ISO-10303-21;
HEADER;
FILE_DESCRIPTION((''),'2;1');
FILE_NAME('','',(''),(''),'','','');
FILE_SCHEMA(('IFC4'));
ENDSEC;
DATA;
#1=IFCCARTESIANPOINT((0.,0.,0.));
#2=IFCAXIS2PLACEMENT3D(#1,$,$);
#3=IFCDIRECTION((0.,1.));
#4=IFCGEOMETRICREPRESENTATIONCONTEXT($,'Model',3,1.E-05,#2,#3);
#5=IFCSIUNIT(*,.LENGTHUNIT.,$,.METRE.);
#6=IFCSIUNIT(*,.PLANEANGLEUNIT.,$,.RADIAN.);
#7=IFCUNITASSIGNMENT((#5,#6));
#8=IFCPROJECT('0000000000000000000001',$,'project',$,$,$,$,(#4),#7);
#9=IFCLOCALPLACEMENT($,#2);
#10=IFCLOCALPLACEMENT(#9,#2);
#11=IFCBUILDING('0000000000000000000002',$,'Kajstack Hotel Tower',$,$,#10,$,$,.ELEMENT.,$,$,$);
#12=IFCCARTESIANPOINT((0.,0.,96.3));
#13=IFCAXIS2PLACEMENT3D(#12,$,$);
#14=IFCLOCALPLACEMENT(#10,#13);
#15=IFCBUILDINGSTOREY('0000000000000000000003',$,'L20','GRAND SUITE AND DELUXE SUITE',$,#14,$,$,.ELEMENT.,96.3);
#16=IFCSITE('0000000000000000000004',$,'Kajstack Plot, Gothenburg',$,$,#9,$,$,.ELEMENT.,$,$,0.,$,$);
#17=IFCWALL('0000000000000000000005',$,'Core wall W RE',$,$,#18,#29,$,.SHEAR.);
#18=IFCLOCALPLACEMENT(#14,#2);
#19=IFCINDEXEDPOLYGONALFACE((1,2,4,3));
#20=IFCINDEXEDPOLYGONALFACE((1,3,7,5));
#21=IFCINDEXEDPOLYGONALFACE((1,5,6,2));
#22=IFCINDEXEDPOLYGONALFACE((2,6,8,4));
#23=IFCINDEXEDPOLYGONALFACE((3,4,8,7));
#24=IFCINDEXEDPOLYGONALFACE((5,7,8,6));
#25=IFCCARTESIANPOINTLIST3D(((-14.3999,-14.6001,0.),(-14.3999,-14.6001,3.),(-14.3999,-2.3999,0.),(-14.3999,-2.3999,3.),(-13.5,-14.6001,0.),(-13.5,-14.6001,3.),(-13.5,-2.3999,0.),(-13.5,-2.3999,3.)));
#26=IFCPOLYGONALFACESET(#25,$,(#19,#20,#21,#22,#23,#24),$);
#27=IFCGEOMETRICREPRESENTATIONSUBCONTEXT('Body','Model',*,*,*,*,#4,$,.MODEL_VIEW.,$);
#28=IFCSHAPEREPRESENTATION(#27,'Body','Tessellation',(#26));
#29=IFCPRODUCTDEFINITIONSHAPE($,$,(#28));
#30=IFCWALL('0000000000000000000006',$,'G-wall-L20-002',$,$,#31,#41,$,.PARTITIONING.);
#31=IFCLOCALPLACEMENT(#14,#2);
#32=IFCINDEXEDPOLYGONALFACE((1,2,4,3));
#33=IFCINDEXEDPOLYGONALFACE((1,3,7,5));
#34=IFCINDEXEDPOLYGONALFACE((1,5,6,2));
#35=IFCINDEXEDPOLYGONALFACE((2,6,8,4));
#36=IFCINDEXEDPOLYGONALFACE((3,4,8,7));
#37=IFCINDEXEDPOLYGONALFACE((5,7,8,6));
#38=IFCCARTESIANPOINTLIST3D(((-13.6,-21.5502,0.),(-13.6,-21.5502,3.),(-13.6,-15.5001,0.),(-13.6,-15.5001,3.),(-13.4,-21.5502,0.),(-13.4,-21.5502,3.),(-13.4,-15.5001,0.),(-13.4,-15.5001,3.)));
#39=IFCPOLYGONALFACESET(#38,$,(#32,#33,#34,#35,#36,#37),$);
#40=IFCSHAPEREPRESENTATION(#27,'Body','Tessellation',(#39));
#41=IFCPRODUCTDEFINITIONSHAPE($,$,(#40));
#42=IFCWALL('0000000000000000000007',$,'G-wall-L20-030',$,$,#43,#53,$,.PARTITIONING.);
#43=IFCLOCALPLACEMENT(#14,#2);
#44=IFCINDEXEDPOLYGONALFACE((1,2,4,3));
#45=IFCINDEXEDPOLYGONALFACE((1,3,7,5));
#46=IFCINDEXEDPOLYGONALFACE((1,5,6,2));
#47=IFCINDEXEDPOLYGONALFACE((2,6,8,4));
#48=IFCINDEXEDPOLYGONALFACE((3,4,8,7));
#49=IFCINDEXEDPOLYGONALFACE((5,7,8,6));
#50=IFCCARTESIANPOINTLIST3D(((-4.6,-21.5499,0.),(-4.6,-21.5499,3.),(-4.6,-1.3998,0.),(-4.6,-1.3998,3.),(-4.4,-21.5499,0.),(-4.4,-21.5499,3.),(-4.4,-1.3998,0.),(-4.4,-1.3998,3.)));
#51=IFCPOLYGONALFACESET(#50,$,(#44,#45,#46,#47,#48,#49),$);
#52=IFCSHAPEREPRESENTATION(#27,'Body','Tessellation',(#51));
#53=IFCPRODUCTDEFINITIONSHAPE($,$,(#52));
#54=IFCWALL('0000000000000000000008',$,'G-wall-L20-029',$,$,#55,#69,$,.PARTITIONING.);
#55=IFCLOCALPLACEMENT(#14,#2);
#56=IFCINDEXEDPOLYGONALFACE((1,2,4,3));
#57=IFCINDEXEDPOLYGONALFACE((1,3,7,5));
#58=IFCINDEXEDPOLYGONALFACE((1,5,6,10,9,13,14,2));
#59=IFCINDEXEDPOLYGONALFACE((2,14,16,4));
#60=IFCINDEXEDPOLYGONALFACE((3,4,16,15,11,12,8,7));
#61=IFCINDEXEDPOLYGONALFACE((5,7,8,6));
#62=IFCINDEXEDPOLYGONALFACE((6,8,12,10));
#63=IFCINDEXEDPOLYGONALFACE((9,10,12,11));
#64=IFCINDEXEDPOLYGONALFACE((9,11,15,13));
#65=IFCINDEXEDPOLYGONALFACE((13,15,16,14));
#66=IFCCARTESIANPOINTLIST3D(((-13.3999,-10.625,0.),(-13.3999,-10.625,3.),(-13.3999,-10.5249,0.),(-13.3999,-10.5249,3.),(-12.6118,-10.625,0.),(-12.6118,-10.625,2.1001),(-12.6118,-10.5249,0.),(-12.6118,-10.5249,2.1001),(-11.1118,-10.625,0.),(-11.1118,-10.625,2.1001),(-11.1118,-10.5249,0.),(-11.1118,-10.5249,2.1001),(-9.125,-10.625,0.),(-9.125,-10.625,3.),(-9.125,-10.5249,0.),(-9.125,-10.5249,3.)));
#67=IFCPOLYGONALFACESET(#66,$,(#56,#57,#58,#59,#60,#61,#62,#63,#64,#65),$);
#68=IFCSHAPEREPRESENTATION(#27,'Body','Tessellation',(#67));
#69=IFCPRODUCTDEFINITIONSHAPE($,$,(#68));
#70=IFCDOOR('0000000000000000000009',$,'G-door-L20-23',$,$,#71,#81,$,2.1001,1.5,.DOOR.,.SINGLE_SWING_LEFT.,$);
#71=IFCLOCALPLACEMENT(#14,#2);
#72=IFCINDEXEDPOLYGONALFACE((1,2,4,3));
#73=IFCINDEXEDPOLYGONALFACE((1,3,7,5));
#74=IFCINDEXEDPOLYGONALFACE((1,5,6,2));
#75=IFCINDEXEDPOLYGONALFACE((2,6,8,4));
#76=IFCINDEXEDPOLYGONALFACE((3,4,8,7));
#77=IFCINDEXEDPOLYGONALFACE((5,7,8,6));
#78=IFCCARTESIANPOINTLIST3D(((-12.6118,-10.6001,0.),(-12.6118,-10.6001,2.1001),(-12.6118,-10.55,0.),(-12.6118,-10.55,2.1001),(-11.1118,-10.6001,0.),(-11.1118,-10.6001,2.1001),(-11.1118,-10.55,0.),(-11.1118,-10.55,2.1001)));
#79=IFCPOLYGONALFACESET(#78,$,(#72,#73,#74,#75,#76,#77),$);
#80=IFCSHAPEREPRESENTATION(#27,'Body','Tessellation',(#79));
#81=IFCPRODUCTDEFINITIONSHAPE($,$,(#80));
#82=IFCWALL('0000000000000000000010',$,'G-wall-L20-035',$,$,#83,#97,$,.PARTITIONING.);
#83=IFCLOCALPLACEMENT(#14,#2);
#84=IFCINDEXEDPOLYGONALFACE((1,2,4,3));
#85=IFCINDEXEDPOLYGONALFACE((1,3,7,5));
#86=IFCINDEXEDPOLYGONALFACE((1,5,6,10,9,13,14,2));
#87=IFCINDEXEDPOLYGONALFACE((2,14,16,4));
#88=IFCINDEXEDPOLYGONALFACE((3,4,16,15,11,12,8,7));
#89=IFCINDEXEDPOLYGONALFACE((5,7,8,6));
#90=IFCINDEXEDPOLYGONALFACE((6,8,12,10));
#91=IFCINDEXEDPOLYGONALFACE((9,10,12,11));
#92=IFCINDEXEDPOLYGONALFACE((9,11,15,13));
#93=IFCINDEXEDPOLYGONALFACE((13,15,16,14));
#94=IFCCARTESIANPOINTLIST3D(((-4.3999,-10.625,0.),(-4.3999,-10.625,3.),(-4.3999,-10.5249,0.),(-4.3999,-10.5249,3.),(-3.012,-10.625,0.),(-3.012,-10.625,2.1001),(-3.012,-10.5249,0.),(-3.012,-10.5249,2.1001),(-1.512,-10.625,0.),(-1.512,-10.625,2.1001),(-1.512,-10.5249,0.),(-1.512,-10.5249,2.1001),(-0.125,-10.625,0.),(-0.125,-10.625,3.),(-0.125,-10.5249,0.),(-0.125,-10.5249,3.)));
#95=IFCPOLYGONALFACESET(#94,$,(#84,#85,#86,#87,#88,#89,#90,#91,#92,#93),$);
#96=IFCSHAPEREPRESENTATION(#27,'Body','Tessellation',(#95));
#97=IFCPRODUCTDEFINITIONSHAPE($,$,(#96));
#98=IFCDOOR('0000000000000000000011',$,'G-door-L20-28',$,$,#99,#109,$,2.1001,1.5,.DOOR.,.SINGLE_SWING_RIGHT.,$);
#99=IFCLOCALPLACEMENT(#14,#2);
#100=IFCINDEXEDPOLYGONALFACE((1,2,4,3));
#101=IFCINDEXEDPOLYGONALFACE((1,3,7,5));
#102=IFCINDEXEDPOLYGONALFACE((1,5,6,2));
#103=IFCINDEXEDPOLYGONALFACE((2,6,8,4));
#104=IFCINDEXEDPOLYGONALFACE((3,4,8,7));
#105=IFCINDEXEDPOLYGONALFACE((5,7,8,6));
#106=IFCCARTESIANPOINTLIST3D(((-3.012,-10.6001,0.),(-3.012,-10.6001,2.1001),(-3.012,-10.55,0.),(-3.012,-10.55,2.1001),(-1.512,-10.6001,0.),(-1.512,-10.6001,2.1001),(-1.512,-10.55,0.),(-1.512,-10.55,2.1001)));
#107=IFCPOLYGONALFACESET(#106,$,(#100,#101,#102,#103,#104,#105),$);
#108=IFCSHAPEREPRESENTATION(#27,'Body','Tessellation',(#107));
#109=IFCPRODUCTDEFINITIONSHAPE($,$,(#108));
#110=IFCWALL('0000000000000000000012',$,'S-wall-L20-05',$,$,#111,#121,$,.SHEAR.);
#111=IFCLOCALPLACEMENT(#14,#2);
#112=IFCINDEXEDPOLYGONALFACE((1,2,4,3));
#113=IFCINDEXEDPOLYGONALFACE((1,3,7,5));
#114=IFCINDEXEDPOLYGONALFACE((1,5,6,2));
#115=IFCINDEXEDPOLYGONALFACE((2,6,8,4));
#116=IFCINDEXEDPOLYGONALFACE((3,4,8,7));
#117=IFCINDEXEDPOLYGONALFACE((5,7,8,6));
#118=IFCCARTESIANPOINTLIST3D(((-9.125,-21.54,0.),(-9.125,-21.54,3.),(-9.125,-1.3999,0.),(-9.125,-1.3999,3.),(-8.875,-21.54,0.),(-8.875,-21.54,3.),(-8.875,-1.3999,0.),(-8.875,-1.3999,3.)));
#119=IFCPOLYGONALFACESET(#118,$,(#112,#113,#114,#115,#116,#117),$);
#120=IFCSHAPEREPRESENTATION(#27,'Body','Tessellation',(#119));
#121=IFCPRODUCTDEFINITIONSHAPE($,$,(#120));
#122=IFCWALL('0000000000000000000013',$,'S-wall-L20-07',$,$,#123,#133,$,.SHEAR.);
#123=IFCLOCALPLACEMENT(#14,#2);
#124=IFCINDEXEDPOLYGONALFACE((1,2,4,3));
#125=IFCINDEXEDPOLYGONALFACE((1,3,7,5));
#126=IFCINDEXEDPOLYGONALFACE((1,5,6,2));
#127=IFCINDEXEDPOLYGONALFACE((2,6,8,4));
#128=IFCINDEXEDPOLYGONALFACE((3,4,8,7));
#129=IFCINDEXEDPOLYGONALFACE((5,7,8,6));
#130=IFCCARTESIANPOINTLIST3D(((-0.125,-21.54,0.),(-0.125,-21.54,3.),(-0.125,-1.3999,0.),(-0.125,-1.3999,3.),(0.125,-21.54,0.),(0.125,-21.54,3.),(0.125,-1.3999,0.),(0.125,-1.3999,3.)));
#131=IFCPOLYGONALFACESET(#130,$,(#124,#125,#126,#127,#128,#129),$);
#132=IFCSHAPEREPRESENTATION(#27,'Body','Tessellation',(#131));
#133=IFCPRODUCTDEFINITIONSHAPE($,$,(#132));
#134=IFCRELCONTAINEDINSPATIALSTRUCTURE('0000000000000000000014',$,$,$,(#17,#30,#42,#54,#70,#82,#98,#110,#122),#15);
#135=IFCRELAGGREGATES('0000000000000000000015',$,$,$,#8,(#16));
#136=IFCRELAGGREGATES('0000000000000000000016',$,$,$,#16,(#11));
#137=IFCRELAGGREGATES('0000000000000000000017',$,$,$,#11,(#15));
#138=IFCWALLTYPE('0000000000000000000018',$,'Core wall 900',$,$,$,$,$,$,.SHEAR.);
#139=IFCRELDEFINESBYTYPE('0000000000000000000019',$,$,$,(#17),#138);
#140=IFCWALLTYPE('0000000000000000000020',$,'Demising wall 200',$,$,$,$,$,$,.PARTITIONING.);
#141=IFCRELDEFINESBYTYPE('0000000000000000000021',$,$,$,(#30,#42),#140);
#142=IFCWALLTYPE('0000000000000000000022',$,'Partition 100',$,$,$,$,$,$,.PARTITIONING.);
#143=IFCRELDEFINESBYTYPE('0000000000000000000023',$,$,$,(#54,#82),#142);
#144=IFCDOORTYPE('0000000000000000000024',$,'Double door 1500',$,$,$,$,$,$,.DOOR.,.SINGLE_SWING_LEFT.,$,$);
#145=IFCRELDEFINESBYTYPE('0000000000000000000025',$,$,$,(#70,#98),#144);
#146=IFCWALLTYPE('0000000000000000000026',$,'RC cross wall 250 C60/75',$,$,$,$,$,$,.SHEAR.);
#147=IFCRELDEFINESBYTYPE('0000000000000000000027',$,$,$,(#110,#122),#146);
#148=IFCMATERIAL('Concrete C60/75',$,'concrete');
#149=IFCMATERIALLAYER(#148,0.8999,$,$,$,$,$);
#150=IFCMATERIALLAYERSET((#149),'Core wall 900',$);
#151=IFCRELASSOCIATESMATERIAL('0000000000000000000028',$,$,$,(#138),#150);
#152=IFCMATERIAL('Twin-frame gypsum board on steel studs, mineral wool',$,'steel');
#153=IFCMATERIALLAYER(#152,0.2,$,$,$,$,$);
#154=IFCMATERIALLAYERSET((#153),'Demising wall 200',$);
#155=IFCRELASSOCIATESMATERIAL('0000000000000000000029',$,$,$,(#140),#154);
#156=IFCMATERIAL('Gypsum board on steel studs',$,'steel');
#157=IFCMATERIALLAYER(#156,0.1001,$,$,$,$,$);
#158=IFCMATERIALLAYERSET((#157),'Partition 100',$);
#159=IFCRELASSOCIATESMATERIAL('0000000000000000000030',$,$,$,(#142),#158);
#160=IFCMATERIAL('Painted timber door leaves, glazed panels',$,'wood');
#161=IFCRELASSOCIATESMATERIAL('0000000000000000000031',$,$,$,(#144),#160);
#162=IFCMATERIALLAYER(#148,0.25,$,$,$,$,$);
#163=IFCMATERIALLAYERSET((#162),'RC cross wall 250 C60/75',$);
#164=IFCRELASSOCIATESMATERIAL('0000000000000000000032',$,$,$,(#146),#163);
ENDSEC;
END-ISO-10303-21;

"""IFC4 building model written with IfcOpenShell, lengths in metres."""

from ifc_helpers import new_model, si_unit, direction, frame, frame_2d, origin, place, context, subcontext, project, spatial, rectangle, extrude, material, layer, layer_set, type_object, element, fill, save


model = new_model("IFC4")

# Units and contexts
model_context = context("Model", 3, precision=1e-05, world=origin(), true_north=direction((0.0, 1.0)))
body_context = subcontext(model_context, "Body", "Model", "MODEL_VIEW")
ifc_project = project(units=[si_unit("LENGTHUNIT", "METRE"), si_unit("PLANEANGLEUNIT", "RADIAN")], contexts=[model_context])

# Site, building, storey
site_placement = place(None, origin())
site = spatial("IfcSite", under=ifc_project, at=site_placement, Name="Kajstack Plot, Gothenburg", CompositionType="ELEMENT", RefElevation=0.0)
building_placement = place(site_placement, origin())
building = spatial("IfcBuilding", under=site, at=building_placement, Name="Kajstack Hotel Tower", CompositionType="ELEMENT")
storey_placement = place(building_placement, frame((0.0, 0.0, 96.3)))
storey = spatial("IfcBuildingStorey", under=building, at=storey_placement, Name="L20", Description="GRAND SUITE AND DELUXE SUITE", CompositionType="ELEMENT", Elevation=96.3)

# Walls
ifc_material_1 = material(Name="Concrete C60/75", Category="concrete")
ifc_layer_1 = layer(ifc_material_1, 0.8999)
ifc_layer_set_1 = layer_set([ifc_layer_1], Name="Core wall 900")
wall_type_1 = type_object("IfcWallType", Name="Core wall 900", PredefinedType="SHEAR", material=ifc_layer_set_1)
wall_1_placement = place(storey_placement, frame((-13.95, -14.6001, 0.0), z_axis=(0.0, 0.0, 1.0), x_axis=(0.0, 1.0, 0.0)))
element("IfcWall", 1, at=wall_1_placement, inside=storey, type_object=wall_type_1, Name="Core wall W RE", PredefinedType="SHEAR", context=body_context, shape_type="SweptSolid", body=[
    extrude(rectangle(XDim=12.2002, YDim=0.8999, at=frame_2d((6.1001, 0.0))), origin(), (0.0, 0.0, 1.0), 3.0),
])
ifc_material_2 = material(Name="Twin-frame gypsum board on steel studs, mineral wool", Category="steel")
ifc_layer_2 = layer(ifc_material_2, 0.2)
ifc_layer_set_2 = layer_set([ifc_layer_2], Name="Demising wall 200")
wall_type_2 = type_object("IfcWallType", Name="Demising wall 200", PredefinedType="PARTITIONING", material=ifc_layer_set_2)
wall_2_placement = place(storey_placement, frame((-13.5, -21.55, 0.0), z_axis=(0.0, 0.0, 1.0), x_axis=(0.0, 1.0, 0.0)))
element("IfcWall", 2, at=wall_2_placement, inside=storey, type_object=wall_type_2, Name="G-wall-L20-002", PredefinedType="PARTITIONING", context=body_context, shape_type="SweptSolid", body=[
    extrude(rectangle(XDim=6.05, YDim=0.2, at=frame_2d((3.0249, 0.0))), origin(), (0.0, 0.0, 1.0), 3.0),
])
wall_3_placement = place(storey_placement, frame((-4.5, -21.55, 0.0), z_axis=(0.0, 0.0, 1.0), x_axis=(0.0, 1.0, 0.0)))
element("IfcWall", 3, at=wall_3_placement, inside=storey, type_object=wall_type_2, Name="G-wall-L20-030", PredefinedType="PARTITIONING", context=body_context, shape_type="SweptSolid", body=[
    extrude(rectangle(XDim=20.1501, YDim=0.2, at=frame_2d((10.0752, 0.0))), origin(), (0.0, 0.0, 1.0), 3.0),
])

# Walls, openings, doors
ifc_material_3 = material(Name="Gypsum board on steel studs", Category="steel")
ifc_layer_3 = layer(ifc_material_3, 0.1001)
ifc_layer_set_3 = layer_set([ifc_layer_3], Name="Partition 100")
wall_type_3 = type_object("IfcWallType", Name="Partition 100", PredefinedType="PARTITIONING", material=ifc_layer_set_3)
wall_4_placement = place(storey_placement, frame((-13.3999, -10.575, 0.0), z_axis=(0.0, 0.0, 1.0), x_axis=(1.0, 0.0, 0.0)))
wall_4 = element("IfcWall", 4, at=wall_4_placement, inside=storey, type_object=wall_type_3, Name="G-wall-L20-029", PredefinedType="PARTITIONING", context=body_context, shape_type="SweptSolid", body=[
    extrude(rectangle(XDim=4.2749, YDim=0.1001, at=frame_2d((2.1375, 0.0))), origin(), (0.0, 0.0, 1.0), 3.0),
])
opening_1_placement = place(wall_4_placement, frame((0.7881, 0.0, 0.0)))
opening_1 = element("IfcOpeningElement", 5, at=opening_1_placement, cuts=wall_4, PredefinedType="OPENING", context=body_context, shape_type="SweptSolid", body=[
    extrude(rectangle(XDim=1.5, YDim=2.1001, at=frame_2d((0.75, 1.05))), frame((0.0, 0.0601, 0.0), z_axis=(0.0, -1.0, 0.0), x_axis=(1.0, 0.0, 0.0)), (0.0, 0.0, 1.0), 0.1201),
])
ifc_material_4 = material(Name="Painted timber door leaves, glazed panels", Category="wood")
door_type = type_object("IfcDoorType", Name="Double door 1500", OperationType="SINGLE_SWING_LEFT", PredefinedType="DOOR", material=ifc_material_4)
door_1_placement = place(opening_1_placement, origin())
door_1 = element("IfcDoor", 6, at=door_1_placement, inside=storey, type_object=door_type, Name="G-door-L20-23", OperationType="SINGLE_SWING_LEFT", OverallHeight=2.1001, OverallWidth=1.5, PredefinedType="DOOR", context=body_context, shape_type="SweptSolid", body=[
    extrude(rectangle(XDim=1.5, YDim=2.1001, at=frame_2d((0.75, 1.05))), frame((0.0, 0.0249, 0.0), z_axis=(0.0, -1.0, 0.0), x_axis=(1.0, 0.0, 0.0)), (0.0, 0.0, 1.0), 0.05),
])
fill(opening_1, door_1)
wall_5_placement = place(storey_placement, frame((-4.3999, -10.575, 0.0), z_axis=(0.0, 0.0, 1.0), x_axis=(1.0, 0.0, 0.0)))
wall_5 = element("IfcWall", 7, at=wall_5_placement, inside=storey, type_object=wall_type_3, Name="G-wall-L20-035", PredefinedType="PARTITIONING", context=body_context, shape_type="SweptSolid", body=[
    extrude(rectangle(XDim=4.2749, YDim=0.1001, at=frame_2d((2.1375, 0.0))), origin(), (0.0, 0.0, 1.0), 3.0),
])
opening_2_placement = place(wall_5_placement, frame((1.3879, 0.0, 0.0)))
opening_2 = element("IfcOpeningElement", 8, at=opening_2_placement, cuts=wall_5, PredefinedType="OPENING", context=body_context, shape_type="SweptSolid", body=[
    extrude(rectangle(XDim=1.5, YDim=2.1001, at=frame_2d((0.75, 1.05))), frame((0.0, 0.0601, 0.0), z_axis=(0.0, -1.0, 0.0), x_axis=(1.0, 0.0, 0.0)), (0.0, 0.0, 1.0), 0.1201),
])
door_2_placement = place(opening_2_placement, origin())
door_2 = element("IfcDoor", 9, at=door_2_placement, inside=storey, type_object=door_type, Name="G-door-L20-28", OperationType="SINGLE_SWING_RIGHT", OverallHeight=2.1001, OverallWidth=1.5, PredefinedType="DOOR", context=body_context, shape_type="SweptSolid", body=[
    extrude(rectangle(XDim=1.5, YDim=2.1001, at=frame_2d((0.75, 1.05))), frame((0.0, 0.0249, 0.0), z_axis=(0.0, -1.0, 0.0), x_axis=(1.0, 0.0, 0.0)), (0.0, 0.0, 1.0), 0.05),
])
fill(opening_2, door_2)

# Walls
ifc_layer_4 = layer(ifc_material_1, 0.25)
ifc_layer_set_4 = layer_set([ifc_layer_4], Name="RC cross wall 250 C60/75")
wall_type_4 = type_object("IfcWallType", Name="RC cross wall 250 C60/75", PredefinedType="SHEAR", material=ifc_layer_set_4)
for number, where, z_axis, x_axis, name in (
    (10, (-9.0, -21.54, 0.0), (0.0, 0.0, 1.0), (0.0, 1.0, 0.0), "S-wall-L20-05"),
    (11, (0.0, -21.54, 0.0), (0.0, 0.0, 1.0), (0.0, 1.0, 0.0), "S-wall-L20-07"),
):
    element("IfcWall", number, at=place(storey_placement, frame(where, z_axis=z_axis, x_axis=x_axis)), inside=storey, type_object=wall_type_4, Name=name, PredefinedType="SHEAR", context=body_context, shape_type="SweptSolid", body=[
        extrude(rectangle(XDim=20.1401, YDim=0.25, at=frame_2d((10.0701, 0.0))), origin(), (0.0, 0.0, 1.0), 3.0),
    ])

save(model, "model.ifc")
